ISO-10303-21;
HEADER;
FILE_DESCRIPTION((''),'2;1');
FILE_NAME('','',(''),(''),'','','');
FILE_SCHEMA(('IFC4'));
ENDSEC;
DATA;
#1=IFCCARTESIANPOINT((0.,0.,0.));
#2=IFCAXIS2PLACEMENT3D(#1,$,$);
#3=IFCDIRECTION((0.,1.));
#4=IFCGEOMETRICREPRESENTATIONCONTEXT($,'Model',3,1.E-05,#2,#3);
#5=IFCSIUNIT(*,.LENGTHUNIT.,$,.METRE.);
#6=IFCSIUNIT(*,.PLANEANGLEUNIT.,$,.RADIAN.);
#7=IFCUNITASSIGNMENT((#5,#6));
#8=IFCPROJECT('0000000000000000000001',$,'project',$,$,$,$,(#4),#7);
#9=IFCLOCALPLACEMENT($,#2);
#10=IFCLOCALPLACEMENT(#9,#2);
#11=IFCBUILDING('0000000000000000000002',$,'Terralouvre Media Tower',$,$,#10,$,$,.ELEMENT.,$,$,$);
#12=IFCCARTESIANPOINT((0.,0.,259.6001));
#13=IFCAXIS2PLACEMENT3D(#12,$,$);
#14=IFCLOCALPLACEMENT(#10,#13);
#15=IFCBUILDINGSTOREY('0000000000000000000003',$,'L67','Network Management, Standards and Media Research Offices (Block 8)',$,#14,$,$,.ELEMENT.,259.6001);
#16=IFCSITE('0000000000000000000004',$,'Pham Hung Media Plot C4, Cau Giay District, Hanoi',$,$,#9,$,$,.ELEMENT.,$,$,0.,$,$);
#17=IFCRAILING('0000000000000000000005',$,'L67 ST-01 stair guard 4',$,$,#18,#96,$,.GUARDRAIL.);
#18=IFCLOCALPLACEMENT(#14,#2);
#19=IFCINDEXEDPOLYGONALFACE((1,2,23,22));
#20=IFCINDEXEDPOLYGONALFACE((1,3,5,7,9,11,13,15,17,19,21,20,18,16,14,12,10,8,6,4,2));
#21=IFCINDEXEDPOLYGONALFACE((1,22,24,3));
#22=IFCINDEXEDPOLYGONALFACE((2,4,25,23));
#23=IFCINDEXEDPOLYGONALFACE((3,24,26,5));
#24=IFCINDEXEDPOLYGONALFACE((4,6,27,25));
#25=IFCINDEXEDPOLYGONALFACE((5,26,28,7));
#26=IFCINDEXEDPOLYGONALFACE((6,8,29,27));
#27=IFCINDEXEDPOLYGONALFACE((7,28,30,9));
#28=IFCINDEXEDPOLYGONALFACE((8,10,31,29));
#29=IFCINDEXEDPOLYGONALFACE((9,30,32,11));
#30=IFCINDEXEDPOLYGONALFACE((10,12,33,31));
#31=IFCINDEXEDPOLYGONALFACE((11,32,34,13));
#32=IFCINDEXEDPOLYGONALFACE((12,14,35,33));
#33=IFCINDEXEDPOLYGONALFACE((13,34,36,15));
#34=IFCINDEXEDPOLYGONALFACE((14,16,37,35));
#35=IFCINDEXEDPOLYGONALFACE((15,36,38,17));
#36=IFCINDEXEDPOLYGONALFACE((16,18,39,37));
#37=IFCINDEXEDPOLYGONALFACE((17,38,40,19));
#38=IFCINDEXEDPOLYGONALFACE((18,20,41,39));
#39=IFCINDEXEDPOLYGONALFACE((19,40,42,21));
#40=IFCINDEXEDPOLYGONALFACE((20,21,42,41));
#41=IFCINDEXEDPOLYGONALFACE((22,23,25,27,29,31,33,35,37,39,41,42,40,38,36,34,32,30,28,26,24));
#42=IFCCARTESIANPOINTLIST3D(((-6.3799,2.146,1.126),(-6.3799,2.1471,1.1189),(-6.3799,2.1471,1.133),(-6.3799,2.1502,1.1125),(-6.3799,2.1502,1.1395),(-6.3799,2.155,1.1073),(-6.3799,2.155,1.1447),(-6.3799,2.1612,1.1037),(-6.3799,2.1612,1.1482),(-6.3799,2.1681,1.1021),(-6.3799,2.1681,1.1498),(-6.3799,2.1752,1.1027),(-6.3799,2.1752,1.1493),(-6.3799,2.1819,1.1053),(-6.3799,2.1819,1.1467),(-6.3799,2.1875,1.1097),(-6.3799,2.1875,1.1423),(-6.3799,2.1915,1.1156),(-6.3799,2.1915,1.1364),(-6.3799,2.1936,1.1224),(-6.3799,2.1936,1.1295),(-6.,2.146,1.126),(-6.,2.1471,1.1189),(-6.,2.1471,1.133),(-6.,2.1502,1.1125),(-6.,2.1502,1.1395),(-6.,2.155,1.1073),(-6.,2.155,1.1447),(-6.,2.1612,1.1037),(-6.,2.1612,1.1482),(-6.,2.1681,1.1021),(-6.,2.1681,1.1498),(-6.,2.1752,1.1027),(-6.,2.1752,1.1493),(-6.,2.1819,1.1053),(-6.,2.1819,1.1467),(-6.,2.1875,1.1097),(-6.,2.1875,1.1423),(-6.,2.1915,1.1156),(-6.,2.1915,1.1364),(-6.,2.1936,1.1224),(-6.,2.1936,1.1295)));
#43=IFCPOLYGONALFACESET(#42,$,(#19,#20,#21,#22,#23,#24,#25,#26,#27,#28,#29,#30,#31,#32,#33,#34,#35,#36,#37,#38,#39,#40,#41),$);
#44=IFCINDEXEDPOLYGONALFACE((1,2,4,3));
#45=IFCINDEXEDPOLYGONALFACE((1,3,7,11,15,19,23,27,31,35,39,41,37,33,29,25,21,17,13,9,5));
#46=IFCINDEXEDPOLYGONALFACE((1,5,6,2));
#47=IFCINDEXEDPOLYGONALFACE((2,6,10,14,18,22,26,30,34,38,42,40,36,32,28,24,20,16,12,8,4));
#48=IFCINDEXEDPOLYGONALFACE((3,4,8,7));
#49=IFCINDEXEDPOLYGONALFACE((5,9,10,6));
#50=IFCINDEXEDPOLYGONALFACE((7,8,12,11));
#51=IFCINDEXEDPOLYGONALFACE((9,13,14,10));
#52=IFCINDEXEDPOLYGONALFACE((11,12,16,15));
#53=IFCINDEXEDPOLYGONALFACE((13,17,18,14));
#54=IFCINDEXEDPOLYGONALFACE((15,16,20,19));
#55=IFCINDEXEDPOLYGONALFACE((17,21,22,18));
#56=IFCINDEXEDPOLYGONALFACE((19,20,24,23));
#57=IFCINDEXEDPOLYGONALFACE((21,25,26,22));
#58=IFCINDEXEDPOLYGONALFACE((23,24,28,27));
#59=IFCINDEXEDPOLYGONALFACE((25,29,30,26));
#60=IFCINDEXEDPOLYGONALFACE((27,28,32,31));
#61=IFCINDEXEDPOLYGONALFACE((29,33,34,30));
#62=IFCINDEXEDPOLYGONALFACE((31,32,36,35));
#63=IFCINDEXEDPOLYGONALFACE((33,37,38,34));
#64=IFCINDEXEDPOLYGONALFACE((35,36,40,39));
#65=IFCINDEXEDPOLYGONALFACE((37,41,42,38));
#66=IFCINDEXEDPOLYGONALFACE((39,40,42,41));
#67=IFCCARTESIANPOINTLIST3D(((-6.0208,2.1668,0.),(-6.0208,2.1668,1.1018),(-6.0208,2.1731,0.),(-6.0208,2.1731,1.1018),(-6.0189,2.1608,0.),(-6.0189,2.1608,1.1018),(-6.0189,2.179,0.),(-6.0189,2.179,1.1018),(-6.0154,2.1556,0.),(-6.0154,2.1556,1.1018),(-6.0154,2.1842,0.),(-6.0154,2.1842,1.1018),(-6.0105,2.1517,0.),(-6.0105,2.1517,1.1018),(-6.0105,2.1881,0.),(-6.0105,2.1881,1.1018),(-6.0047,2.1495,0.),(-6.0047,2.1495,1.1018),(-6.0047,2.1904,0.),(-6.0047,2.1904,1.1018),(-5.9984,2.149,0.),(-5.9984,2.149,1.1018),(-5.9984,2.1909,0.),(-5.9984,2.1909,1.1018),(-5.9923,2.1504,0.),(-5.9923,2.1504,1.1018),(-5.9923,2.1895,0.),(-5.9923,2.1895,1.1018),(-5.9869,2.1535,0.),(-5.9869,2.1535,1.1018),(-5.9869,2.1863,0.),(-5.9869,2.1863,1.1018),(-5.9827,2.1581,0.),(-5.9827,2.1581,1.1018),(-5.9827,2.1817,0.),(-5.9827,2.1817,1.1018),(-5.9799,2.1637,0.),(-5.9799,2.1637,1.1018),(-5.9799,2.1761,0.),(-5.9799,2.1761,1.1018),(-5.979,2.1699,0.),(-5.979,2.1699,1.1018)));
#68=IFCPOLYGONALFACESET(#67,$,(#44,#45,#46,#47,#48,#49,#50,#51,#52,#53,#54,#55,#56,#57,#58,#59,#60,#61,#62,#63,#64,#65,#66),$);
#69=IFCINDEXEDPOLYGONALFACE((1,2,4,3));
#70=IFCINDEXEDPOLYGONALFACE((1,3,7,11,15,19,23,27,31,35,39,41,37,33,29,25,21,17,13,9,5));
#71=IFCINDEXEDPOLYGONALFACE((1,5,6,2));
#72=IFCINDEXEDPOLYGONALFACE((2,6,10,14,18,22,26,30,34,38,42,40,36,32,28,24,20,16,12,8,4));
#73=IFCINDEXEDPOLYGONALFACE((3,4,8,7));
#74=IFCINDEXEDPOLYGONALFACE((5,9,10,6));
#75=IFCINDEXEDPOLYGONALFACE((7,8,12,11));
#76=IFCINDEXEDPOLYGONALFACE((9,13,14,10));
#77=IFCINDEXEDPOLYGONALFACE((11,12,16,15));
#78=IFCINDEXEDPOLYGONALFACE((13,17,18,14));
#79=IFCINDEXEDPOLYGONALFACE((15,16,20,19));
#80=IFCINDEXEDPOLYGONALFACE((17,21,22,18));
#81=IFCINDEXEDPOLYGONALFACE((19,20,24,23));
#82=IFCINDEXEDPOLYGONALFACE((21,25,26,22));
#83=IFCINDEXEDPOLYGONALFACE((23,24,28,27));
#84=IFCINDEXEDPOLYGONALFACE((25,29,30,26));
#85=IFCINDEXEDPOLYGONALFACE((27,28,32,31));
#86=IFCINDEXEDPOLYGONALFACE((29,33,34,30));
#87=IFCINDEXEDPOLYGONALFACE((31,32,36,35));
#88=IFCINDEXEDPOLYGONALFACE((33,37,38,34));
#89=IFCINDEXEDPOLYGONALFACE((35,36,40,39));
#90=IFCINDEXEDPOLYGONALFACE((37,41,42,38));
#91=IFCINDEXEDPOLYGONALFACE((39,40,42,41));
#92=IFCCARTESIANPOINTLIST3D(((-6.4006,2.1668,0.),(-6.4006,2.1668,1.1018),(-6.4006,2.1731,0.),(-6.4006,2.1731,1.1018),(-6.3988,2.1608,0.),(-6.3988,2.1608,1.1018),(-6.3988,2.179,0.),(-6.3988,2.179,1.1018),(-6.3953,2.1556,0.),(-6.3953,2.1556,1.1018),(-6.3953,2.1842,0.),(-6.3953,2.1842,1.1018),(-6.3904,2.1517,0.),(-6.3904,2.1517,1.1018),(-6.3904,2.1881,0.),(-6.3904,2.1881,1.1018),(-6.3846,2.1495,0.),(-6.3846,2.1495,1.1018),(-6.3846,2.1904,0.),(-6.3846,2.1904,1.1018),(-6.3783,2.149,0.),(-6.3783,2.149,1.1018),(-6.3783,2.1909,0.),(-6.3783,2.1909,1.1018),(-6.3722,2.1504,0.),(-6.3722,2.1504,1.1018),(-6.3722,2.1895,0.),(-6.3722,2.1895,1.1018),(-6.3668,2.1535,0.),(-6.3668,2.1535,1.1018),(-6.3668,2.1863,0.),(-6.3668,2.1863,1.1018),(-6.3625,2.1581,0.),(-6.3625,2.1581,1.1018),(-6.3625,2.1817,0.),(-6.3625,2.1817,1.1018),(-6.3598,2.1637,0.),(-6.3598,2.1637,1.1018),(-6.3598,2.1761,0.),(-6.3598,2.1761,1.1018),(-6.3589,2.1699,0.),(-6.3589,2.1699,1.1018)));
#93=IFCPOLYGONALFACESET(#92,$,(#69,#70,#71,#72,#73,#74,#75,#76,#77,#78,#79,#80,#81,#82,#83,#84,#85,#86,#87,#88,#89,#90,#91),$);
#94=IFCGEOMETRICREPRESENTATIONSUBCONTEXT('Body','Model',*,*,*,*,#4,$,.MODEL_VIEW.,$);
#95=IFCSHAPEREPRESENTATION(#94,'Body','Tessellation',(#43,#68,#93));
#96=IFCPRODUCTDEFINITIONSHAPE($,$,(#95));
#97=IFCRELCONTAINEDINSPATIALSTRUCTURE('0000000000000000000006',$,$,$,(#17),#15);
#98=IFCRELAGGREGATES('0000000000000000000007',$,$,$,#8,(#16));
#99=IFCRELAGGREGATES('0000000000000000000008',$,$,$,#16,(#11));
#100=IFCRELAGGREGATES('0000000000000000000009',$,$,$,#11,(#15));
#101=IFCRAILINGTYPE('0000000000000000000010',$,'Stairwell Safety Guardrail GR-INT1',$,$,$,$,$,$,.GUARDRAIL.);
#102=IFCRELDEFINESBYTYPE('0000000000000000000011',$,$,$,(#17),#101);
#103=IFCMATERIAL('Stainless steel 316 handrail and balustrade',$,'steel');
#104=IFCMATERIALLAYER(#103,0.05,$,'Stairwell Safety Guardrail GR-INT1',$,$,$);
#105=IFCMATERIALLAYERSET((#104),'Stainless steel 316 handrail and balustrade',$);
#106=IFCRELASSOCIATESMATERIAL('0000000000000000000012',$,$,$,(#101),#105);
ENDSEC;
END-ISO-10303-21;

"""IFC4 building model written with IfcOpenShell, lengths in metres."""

from ifc_helpers import new_model, si_unit, direction, frame, origin, origin_2d, place, context, subcontext, project, spatial, circle, extrude, material, layer, layer_set, type_object, element, save


model = new_model("IFC4")

# Units and contexts
model_context = context("Model", 3, precision=1e-05, world=origin(), true_north=direction((0.0, 1.0)))
body_context = subcontext(model_context, "Body", "Model", "MODEL_VIEW")
ifc_project = project(units=[si_unit("LENGTHUNIT", "METRE"), si_unit("PLANEANGLEUNIT", "RADIAN")], contexts=[model_context])

# Site, building, storey
site_placement = place(None, origin())
site = spatial("IfcSite", under=ifc_project, at=site_placement, Name="Pham Hung Media Plot C4, Cau Giay District, Hanoi", CompositionType="ELEMENT", RefElevation=0.0)
building_placement = place(site_placement, origin())
building = spatial("IfcBuilding", under=site, at=building_placement, Name="Terralouvre Media Tower", CompositionType="ELEMENT")
storey_placement = place(building_placement, frame((0.0, 0.0, 259.6001)))
storey = spatial("IfcBuildingStorey", under=building, at=storey_placement, Name="L67", Description="Network Management, Standards and Media Research Offices (Block 8)", CompositionType="ELEMENT", Elevation=259.6001)

# Railing
ifc_material_1 = material(Name="Stainless steel 316 handrail and balustrade", Category="steel")
ifc_layer_1 = layer(ifc_material_1, 0.05, Name="Stairwell Safety Guardrail GR-INT1")
ifc_layer_set_1 = layer_set([ifc_layer_1], Name="Stainless steel 316 handrail and balustrade")
railing_type_1 = type_object("IfcRailingType", Name="Stairwell Safety Guardrail GR-INT1", PredefinedType="GUARDRAIL", material=ifc_layer_set_1)
railing_1_placement = place(storey_placement, frame((-6.0, 2.1699, 0.0)))
element("IfcRailing", 1, at=railing_1_placement, inside=storey, type_object=railing_type_1, Name="L67 ST-01 stair guard 4", PredefinedType="GUARDRAIL", context=body_context, shape_type="SweptSolid", body=[
    extrude(circle(Radius=0.0239, at=origin_2d()), frame((0.0, 0.0, 1.126), z_axis=(-1.0, 0.0, 0.0), x_axis=(0.0, -1.0, 0.0)), (0.0, 0.0, 1.0), 0.3799),
    extrude(circle(Radius=0.021, at=origin_2d()), origin(), (0.0, 0.0, 1.0), 1.1018),
    extrude(circle(Radius=0.021, at=origin_2d()), frame((-0.3799, 0.0, 0.0)), (0.0, 0.0, 1.0), 1.1018),
])

save(model, "model.ifc")
